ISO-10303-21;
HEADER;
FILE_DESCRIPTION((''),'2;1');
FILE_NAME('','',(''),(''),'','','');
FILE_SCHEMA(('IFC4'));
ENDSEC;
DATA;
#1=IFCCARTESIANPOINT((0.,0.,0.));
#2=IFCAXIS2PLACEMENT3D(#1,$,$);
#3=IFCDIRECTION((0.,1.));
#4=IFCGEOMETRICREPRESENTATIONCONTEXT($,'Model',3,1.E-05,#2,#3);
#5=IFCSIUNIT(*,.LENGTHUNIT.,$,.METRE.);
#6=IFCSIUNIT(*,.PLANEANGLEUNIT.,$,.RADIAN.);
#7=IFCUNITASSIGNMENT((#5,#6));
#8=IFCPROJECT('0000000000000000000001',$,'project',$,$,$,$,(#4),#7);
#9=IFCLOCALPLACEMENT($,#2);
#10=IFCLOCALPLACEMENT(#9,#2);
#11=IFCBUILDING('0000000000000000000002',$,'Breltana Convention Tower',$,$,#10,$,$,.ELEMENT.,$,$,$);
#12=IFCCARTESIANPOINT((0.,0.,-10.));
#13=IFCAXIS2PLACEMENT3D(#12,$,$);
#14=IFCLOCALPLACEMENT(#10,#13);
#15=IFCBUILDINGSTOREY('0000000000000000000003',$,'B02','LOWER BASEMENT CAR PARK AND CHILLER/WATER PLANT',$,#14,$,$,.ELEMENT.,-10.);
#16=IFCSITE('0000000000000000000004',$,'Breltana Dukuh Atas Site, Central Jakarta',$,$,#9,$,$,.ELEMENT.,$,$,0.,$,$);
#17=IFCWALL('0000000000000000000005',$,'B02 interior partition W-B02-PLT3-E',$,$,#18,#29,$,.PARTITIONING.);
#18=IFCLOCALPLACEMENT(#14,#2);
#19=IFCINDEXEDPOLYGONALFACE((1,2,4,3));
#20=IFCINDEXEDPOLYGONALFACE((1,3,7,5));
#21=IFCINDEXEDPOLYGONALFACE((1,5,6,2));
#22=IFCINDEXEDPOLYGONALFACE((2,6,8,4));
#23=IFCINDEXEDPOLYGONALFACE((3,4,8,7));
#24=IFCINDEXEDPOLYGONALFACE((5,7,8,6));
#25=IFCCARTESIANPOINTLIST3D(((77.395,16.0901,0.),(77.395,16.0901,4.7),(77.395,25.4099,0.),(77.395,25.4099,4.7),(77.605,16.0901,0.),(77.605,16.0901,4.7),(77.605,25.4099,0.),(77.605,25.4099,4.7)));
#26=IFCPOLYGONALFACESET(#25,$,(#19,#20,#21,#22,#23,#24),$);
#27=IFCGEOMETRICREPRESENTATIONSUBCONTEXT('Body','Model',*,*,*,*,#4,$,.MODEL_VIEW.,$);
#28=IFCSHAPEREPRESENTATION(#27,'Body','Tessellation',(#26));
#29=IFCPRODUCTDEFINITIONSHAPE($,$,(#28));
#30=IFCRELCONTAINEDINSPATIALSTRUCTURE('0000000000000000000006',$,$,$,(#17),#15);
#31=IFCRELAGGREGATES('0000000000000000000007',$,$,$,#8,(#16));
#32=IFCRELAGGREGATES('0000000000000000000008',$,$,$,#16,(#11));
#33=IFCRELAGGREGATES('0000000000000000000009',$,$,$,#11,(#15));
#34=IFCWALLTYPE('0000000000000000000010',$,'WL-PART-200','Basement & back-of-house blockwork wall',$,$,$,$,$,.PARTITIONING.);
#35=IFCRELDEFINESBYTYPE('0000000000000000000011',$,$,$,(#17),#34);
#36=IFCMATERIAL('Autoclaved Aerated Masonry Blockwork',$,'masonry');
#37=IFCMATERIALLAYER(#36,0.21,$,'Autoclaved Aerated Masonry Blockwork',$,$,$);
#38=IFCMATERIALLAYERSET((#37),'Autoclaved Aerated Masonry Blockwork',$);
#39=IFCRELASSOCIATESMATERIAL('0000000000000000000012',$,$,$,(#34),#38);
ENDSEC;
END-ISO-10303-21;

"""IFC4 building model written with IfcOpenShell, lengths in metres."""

from ifc_helpers import new_model, si_unit, direction, frame, frame_2d, origin, place, context, subcontext, project, spatial, rectangle, extrude, source, transform, mapped, material, layer, layer_set, type_object, element, save


model = new_model("IFC4")

# Units and contexts
model_context = context("Model", 3, precision=1e-05, world=origin(), true_north=direction((0.0, 1.0)))
body_context = subcontext(model_context, "Body", "Model", "MODEL_VIEW")
ifc_project = project(units=[si_unit("LENGTHUNIT", "METRE"), si_unit("PLANEANGLEUNIT", "RADIAN")], contexts=[model_context])

# Site, building, storey
site_placement = place(None, origin())
site = spatial("IfcSite", under=ifc_project, at=site_placement, Name="Breltana Dukuh Atas Site, Central Jakarta", CompositionType="ELEMENT", RefElevation=0.0)
building_placement = place(site_placement, origin())
building = spatial("IfcBuilding", under=site, at=building_placement, Name="Breltana Convention Tower", CompositionType="ELEMENT")
storey_placement = place(building_placement, frame((0.0, 0.0, -10.0)))
storey = spatial("IfcBuildingStorey", under=building, at=storey_placement, Name="B02", Description="LOWER BASEMENT CAR PARK AND CHILLER/WATER PLANT", CompositionType="ELEMENT", Elevation=-10.0)

# Wall
ifc_material_1 = material(Name="Autoclaved Aerated Masonry Blockwork", Category="masonry")
ifc_layer_1 = layer(ifc_material_1, 0.21, Name="Autoclaved Aerated Masonry Blockwork")
ifc_layer_set_1 = layer_set([ifc_layer_1], Name="Autoclaved Aerated Masonry Blockwork")
wall_type_1 = type_object("IfcWallType", Name="WL-PART-200", Description="Basement & back-of-house blockwork wall", PredefinedType="PARTITIONING", material=ifc_layer_set_1)
shared_shape_1 = source(origin(), body_context, "Body", "SweptSolid", [
    extrude(rectangle(XDim=9.3198, YDim=0.21, at=frame_2d((4.6599, 0.0))), origin(), (0.0, 0.0, 1.0), 4.7),
])
wall_1_placement = place(storey_placement, frame((77.5, 16.0901, 0.0), z_axis=(0.0, 0.0, 1.0), x_axis=(0.0, 1.0, 0.0)))
element("IfcWall", 1, at=wall_1_placement, inside=storey, type_object=wall_type_1, Name="B02 interior partition W-B02-PLT3-E", PredefinedType="PARTITIONING", context=body_context, shape_type="MappedRepresentation", body=[
    mapped(shared_shape_1, transform((0.0, 0.0, 0.0), scale=1.0)),
])

save(model, "model.ifc")
